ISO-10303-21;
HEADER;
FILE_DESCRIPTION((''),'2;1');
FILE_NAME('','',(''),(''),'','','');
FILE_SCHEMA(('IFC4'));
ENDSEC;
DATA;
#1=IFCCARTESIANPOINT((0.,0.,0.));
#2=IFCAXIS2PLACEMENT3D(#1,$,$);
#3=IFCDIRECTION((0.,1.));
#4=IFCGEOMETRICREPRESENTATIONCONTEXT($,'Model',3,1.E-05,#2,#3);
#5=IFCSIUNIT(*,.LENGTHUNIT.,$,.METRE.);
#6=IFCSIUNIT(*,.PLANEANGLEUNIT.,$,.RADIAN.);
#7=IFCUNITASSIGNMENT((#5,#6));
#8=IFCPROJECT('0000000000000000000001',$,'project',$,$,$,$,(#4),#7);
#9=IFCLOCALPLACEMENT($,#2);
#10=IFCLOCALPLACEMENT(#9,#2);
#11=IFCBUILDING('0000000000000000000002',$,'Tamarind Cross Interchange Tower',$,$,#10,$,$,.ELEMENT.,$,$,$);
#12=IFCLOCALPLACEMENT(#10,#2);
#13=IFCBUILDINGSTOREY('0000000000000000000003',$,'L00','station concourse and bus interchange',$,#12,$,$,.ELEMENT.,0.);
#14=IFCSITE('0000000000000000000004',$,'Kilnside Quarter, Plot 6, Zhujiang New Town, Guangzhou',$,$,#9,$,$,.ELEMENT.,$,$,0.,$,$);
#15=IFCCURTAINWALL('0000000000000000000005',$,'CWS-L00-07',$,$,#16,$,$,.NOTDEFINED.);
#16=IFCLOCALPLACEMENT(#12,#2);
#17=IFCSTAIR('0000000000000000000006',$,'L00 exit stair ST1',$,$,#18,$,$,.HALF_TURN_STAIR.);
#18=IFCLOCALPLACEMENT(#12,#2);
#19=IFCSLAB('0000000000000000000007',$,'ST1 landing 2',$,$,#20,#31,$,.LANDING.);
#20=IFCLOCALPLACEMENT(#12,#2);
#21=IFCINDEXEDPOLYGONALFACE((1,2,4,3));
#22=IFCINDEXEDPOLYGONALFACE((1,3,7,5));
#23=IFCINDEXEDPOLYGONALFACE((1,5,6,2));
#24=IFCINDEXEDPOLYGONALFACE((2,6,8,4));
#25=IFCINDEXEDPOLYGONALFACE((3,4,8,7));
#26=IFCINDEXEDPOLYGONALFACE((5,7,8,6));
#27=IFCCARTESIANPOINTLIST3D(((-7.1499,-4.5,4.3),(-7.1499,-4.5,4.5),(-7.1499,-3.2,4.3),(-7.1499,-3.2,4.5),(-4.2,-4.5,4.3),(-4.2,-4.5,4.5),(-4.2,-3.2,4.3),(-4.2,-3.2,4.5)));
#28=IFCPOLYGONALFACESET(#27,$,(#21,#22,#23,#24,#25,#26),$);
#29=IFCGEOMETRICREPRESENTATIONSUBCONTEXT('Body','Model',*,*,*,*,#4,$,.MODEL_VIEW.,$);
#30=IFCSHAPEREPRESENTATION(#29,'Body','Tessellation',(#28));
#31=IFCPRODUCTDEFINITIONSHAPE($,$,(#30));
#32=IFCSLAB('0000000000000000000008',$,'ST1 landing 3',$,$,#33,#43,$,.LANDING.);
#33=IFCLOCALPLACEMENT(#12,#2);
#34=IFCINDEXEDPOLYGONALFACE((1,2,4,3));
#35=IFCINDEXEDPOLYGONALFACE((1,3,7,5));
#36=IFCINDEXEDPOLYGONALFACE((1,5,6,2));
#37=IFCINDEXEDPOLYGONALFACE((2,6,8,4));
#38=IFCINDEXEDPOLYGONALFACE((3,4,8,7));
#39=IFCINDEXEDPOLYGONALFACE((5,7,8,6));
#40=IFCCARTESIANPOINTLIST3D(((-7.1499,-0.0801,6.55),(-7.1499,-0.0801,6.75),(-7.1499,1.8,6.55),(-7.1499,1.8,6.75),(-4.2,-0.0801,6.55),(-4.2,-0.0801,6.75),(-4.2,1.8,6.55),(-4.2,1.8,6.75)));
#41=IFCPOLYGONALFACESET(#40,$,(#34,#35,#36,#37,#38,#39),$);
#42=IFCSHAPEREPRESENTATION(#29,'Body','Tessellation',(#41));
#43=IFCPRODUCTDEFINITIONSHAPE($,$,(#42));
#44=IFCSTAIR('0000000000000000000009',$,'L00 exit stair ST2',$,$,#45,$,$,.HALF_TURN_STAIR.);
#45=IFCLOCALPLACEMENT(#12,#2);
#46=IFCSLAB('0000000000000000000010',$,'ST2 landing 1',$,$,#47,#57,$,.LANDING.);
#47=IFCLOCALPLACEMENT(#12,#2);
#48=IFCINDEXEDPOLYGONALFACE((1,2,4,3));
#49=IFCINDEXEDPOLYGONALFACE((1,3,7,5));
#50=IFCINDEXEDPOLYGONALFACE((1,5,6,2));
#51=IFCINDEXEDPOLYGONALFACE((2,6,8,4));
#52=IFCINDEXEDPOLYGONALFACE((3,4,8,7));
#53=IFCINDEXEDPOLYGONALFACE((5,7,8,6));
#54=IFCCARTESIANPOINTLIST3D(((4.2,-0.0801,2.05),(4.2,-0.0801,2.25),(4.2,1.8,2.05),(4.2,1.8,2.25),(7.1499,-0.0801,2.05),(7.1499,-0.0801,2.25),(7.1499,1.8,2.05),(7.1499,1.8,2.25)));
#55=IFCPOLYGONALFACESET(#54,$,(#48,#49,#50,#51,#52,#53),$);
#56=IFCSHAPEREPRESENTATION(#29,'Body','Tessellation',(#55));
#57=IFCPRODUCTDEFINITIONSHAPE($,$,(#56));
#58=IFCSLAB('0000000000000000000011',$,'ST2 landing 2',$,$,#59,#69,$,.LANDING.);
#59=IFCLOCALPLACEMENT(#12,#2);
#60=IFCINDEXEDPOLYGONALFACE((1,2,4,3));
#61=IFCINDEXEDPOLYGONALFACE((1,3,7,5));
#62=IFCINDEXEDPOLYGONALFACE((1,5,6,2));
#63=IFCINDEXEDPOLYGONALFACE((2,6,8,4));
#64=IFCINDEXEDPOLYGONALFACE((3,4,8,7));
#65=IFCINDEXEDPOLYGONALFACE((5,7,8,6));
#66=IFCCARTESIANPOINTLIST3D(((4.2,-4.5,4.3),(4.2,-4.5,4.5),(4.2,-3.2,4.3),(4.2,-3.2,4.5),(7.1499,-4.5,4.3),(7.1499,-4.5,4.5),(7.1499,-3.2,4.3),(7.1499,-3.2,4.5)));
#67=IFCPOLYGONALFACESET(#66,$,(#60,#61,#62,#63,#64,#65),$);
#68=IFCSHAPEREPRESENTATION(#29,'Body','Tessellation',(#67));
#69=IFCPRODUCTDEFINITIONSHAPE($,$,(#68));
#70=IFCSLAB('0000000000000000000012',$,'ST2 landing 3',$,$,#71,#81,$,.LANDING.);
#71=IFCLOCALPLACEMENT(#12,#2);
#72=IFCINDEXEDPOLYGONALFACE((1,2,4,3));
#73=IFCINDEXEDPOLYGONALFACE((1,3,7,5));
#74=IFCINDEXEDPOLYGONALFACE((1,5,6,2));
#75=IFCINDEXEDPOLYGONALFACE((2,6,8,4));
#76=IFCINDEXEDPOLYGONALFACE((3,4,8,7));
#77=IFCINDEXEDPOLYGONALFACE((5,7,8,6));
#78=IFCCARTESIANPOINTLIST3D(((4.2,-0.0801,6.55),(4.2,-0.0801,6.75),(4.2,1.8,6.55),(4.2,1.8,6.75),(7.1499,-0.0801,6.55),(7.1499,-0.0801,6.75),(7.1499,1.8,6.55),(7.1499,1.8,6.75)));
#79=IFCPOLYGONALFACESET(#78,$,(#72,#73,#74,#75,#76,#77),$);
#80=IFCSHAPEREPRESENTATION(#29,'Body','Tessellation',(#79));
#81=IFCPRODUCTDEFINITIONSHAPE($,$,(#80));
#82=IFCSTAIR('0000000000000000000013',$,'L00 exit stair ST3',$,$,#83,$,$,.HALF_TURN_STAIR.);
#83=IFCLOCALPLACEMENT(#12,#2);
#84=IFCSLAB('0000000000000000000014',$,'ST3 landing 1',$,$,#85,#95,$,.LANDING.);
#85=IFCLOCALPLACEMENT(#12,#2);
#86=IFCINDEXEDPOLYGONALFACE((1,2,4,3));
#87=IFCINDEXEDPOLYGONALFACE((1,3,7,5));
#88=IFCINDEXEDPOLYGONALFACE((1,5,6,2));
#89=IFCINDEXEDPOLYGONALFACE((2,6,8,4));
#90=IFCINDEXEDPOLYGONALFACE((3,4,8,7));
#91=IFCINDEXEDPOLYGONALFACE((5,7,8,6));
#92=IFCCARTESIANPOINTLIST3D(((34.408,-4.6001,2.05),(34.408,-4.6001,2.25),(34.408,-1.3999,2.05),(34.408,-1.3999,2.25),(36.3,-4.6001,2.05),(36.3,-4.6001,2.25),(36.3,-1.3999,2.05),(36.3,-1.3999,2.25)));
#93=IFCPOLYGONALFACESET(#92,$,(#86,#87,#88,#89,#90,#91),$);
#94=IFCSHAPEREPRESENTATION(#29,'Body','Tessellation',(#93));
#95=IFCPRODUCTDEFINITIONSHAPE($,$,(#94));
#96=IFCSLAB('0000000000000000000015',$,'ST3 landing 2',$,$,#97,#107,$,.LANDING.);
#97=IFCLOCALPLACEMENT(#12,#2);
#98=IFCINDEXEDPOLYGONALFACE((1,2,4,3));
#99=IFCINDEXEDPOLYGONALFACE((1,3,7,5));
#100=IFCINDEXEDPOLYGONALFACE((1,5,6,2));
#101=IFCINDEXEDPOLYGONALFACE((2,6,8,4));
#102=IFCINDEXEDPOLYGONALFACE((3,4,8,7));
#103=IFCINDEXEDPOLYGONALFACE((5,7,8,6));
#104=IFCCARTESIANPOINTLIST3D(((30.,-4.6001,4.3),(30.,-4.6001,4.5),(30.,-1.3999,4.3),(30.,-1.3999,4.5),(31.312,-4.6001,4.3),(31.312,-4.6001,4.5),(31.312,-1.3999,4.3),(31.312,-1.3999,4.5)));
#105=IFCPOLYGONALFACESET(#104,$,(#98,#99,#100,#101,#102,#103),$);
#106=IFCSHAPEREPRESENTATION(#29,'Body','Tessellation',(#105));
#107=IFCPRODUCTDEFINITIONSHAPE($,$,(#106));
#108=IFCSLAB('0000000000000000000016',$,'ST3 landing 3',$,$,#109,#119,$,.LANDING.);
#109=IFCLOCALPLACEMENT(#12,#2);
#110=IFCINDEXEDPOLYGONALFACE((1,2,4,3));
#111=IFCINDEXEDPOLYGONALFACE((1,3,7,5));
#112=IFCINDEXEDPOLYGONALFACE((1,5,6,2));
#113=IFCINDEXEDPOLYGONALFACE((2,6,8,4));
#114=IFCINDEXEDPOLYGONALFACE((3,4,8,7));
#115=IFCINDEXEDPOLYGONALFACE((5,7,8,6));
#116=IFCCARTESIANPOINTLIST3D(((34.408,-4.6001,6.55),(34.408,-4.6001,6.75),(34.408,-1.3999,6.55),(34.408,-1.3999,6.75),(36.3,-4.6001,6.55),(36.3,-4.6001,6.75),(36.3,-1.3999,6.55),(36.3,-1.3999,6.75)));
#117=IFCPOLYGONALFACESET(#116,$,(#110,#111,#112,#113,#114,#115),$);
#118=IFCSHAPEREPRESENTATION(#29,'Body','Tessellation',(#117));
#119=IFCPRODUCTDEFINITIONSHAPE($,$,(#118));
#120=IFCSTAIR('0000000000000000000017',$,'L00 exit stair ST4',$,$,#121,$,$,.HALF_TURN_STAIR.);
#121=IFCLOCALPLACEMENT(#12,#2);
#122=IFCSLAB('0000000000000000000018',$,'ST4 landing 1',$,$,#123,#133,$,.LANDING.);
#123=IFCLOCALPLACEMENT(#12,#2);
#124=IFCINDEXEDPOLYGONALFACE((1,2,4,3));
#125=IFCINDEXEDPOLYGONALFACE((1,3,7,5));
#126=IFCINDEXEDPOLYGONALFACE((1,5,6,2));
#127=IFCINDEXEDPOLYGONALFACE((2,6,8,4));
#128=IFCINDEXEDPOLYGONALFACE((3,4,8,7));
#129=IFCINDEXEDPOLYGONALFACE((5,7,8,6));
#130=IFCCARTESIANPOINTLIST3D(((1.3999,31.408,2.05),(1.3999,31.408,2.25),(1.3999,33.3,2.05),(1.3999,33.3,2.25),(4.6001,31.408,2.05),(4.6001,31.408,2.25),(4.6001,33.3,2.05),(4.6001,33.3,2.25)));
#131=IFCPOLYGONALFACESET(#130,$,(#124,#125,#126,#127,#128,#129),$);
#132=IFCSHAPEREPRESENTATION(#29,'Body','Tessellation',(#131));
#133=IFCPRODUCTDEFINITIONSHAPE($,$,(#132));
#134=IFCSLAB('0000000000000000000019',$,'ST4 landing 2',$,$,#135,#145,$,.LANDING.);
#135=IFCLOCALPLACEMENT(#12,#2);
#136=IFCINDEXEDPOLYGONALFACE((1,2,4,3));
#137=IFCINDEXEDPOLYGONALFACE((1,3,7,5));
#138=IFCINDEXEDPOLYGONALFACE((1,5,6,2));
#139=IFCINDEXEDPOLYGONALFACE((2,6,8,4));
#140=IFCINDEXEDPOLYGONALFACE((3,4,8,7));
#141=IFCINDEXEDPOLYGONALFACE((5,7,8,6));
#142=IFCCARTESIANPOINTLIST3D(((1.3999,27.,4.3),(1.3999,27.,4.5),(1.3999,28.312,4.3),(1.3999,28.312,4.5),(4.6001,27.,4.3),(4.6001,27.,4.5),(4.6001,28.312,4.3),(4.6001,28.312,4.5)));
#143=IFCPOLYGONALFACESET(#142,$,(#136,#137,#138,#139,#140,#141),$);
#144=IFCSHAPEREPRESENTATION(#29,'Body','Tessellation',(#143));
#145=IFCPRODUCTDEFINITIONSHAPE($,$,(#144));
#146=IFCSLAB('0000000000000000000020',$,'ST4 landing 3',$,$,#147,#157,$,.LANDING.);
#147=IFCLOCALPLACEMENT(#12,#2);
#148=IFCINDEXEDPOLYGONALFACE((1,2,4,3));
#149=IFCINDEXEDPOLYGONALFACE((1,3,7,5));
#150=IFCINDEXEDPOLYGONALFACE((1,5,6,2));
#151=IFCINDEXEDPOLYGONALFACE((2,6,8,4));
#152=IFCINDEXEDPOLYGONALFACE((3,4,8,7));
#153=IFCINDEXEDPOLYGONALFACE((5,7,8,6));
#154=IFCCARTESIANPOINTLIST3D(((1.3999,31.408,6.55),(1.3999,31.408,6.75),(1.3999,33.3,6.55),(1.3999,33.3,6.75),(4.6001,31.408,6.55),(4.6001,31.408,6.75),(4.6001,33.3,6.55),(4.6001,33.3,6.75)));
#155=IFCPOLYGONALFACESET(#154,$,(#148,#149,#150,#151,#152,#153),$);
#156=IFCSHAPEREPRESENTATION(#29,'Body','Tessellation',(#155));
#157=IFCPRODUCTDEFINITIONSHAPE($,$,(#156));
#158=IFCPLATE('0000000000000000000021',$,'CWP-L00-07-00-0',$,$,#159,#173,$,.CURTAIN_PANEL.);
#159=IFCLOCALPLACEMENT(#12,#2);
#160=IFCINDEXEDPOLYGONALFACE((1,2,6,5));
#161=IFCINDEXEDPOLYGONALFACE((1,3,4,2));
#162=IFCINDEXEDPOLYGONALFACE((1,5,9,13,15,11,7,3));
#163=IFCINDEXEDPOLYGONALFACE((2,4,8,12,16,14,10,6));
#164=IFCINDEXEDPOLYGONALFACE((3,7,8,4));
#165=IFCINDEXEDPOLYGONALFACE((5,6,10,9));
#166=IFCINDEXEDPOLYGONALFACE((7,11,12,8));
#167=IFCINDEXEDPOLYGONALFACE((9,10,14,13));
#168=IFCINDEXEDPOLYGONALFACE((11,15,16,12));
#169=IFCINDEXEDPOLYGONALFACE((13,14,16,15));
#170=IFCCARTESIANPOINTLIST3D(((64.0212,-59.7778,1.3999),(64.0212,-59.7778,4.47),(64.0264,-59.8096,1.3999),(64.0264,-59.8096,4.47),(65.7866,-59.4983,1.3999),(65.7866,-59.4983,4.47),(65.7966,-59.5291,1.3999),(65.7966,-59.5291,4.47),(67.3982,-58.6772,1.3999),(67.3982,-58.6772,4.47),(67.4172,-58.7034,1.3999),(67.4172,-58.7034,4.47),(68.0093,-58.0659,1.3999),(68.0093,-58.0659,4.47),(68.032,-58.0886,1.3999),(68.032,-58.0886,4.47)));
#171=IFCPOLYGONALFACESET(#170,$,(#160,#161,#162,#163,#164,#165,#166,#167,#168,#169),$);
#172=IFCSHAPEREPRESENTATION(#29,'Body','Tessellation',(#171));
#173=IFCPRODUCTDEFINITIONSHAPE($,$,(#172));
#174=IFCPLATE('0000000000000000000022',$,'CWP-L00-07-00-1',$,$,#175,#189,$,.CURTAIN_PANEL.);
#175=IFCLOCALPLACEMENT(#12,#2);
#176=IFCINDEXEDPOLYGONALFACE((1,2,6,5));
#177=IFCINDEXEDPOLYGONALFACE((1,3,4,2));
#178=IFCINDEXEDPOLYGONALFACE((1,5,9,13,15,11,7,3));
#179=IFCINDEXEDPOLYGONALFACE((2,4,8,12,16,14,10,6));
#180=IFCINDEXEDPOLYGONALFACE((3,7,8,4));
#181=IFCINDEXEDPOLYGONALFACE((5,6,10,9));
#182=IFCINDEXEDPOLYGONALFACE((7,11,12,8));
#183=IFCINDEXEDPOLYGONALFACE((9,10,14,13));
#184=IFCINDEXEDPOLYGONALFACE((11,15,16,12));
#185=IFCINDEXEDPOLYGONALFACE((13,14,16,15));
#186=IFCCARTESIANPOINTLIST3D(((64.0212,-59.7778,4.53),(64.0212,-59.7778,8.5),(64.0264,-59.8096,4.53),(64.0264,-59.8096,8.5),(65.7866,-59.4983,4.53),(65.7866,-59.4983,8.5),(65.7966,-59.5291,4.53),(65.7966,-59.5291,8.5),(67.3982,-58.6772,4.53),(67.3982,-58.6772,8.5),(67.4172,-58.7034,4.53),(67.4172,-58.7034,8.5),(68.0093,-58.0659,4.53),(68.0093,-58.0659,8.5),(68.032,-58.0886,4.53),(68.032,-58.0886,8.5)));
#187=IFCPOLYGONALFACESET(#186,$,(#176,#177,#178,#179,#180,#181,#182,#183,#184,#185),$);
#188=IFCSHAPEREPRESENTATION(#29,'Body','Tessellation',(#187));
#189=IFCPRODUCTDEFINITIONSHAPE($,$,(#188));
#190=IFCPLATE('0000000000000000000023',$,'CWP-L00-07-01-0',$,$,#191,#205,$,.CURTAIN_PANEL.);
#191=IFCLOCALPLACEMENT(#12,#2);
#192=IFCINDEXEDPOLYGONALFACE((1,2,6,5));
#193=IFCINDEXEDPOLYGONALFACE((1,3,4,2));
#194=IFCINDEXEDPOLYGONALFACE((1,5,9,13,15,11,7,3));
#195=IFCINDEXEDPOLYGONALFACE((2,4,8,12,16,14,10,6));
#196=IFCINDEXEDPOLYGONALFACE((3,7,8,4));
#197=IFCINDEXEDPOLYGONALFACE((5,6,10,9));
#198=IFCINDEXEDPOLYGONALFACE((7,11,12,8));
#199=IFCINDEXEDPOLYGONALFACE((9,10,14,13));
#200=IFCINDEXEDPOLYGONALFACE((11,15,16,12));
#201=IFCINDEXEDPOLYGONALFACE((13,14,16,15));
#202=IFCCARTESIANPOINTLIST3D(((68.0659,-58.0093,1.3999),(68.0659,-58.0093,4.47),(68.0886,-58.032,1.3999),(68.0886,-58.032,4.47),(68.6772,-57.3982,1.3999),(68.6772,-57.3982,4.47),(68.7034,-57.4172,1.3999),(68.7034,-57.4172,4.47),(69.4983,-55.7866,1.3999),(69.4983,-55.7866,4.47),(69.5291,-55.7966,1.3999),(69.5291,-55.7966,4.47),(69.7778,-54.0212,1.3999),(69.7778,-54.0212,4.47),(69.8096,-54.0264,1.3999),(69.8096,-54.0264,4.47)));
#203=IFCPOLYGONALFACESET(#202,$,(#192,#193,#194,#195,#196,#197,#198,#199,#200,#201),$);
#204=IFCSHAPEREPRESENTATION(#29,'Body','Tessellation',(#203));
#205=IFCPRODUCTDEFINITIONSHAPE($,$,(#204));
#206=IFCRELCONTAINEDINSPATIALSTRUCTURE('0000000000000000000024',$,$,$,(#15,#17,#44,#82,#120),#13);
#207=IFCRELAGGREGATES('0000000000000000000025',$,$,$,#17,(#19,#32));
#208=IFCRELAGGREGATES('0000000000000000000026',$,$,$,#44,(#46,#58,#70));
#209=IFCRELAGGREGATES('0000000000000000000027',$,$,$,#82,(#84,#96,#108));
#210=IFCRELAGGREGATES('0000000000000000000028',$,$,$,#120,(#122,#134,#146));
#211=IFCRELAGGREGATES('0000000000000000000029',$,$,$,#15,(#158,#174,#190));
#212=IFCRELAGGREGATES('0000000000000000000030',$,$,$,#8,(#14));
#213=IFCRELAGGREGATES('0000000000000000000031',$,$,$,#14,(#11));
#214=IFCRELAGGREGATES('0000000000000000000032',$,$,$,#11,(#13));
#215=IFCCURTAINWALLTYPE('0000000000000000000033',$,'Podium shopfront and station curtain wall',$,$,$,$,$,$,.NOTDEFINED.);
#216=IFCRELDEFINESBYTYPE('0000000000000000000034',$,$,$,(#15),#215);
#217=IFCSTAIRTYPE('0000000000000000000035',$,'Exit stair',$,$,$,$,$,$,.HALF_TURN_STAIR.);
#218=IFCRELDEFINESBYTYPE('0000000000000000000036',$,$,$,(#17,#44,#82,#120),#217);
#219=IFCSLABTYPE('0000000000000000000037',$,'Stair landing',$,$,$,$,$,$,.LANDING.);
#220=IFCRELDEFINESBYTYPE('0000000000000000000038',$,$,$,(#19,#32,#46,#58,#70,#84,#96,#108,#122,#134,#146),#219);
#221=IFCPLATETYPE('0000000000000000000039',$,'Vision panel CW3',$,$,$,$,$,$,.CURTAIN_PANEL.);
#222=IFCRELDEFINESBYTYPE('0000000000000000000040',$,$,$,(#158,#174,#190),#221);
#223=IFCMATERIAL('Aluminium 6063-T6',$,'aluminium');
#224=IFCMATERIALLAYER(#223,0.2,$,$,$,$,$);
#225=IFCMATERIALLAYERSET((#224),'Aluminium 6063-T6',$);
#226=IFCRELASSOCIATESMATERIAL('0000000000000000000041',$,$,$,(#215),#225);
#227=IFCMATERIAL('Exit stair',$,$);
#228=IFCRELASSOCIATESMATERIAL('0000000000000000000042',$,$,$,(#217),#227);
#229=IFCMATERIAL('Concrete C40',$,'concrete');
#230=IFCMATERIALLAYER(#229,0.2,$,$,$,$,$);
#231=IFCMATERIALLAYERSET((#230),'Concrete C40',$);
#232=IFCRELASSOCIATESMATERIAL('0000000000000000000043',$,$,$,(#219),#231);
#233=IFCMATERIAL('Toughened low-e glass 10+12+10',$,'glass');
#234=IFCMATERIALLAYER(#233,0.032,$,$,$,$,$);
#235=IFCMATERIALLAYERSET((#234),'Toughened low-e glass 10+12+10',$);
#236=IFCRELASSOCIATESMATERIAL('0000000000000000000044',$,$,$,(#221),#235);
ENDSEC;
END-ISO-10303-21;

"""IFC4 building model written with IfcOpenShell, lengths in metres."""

from ifc_helpers import new_model, si_unit, direction, frame, origin, place, context, subcontext, project, spatial, polyline, outline, extrude, material, layer, layer_set, type_object, element, aggregate, save


model = new_model("IFC4")

# Units and contexts
model_context = context("Model", 3, precision=1e-05, world=origin(), true_north=direction((0.0, 1.0)))
body_context = subcontext(model_context, "Body", "Model", "MODEL_VIEW")
ifc_project = project(units=[si_unit("LENGTHUNIT", "METRE"), si_unit("PLANEANGLEUNIT", "RADIAN")], contexts=[model_context])

# Site, building, storey
site_placement = place(None, origin())
site = spatial("IfcSite", under=ifc_project, at=site_placement, Name="Kilnside Quarter, Plot 6, Zhujiang New Town, Guangzhou", CompositionType="ELEMENT", RefElevation=0.0)
building_placement = place(site_placement, origin())
building = spatial("IfcBuilding", under=site, at=building_placement, Name="Tamarind Cross Interchange Tower", CompositionType="ELEMENT")
storey_placement = place(building_placement, origin())
storey = spatial("IfcBuildingStorey", under=building, at=storey_placement, Name="L00", Description="station concourse and bus interchange", CompositionType="ELEMENT", Elevation=0.0)

# Shared definitions
ifc_material_1 = material(Name="Aluminium 6063-T6", Category="aluminium")
ifc_layer_1 = layer(ifc_material_1, 0.2)
ifc_layer_set_1 = layer_set([ifc_layer_1], Name="Aluminium 6063-T6")
curtain_wall_type = type_object("IfcCurtainWallType", Name="Podium shopfront and station curtain wall", PredefinedType="NOTDEFINED", material=ifc_layer_set_1)

# Curtain wall
curtain_wall_1_placement = place(storey_placement, origin())
curtain_wall_1 = element("IfcCurtainWall", 1, at=curtain_wall_1_placement, inside=storey, type_object=curtain_wall_type, Name="CWS-L00-07", PredefinedType="NOTDEFINED")

# Stairs, slabs
ifc_material_2 = material(Name="Exit stair")
stair_type = type_object("IfcStairType", Name="Exit stair", PredefinedType="HALF_TURN_STAIR", material=ifc_material_2)
stair_1_placement = place(storey_placement, origin())
stair_1 = element("IfcStair", 2, at=stair_1_placement, inside=storey, type_object=stair_type, Name="L00 exit stair ST1", PredefinedType="HALF_TURN_STAIR")
ifc_material_3 = material(Name="Concrete C40", Category="concrete")
ifc_layer_2 = layer(ifc_material_3, 0.2)
ifc_layer_set_2 = layer_set([ifc_layer_2], Name="Concrete C40")
slab_type_1 = type_object("IfcSlabType", Name="Stair landing", PredefinedType="LANDING", material=ifc_layer_set_2)
slab_1_placement = place(storey_placement, frame((0.0, 0.0, 4.3)))
slab_1 = element("IfcSlab", 3, at=slab_1_placement, type_object=slab_type_1, Name="ST1 landing 2", PredefinedType="LANDING", context=body_context, shape_type="SweptSolid", body=[
    extrude(outline(polyline([(-4.2, -4.5), (-4.2, -3.2), (-7.1499, -3.2), (-7.1499, -4.5), (-4.2, -4.5)])), origin(), (0.0, 0.0, 1.0), 0.2),
])
slab_2_placement = place(storey_placement, frame((0.0, 0.0, 6.55)))
slab_2 = element("IfcSlab", 4, at=slab_2_placement, type_object=slab_type_1, Name="ST1 landing 3", PredefinedType="LANDING", context=body_context, shape_type="SweptSolid", body=[
    extrude(outline(polyline([(-4.2, -0.0801), (-4.2, 1.8), (-7.1499, 1.8), (-7.1499, -0.0801), (-4.2, -0.0801)])), origin(), (0.0, 0.0, 1.0), 0.2),
])
aggregate(stair_1, [slab_1, slab_2])
stair_2_placement = place(storey_placement, origin())
stair_2 = element("IfcStair", 5, at=stair_2_placement, inside=storey, type_object=stair_type, Name="L00 exit stair ST2", PredefinedType="HALF_TURN_STAIR")
slab_3_placement = place(storey_placement, frame((0.0, 0.0, 2.05)))
slab_3 = element("IfcSlab", 6, at=slab_3_placement, type_object=slab_type_1, Name="ST2 landing 1", PredefinedType="LANDING", context=body_context, shape_type="SweptSolid", body=[
    extrude(outline(polyline([(7.1499, -0.0801), (7.1499, 1.8), (4.2, 1.8), (4.2, -0.0801), (7.1499, -0.0801)])), origin(), (0.0, 0.0, 1.0), 0.2),
])
slab_4_placement = place(storey_placement, frame((0.0, 0.0, 4.3)))
slab_4 = element("IfcSlab", 7, at=slab_4_placement, type_object=slab_type_1, Name="ST2 landing 2", PredefinedType="LANDING", context=body_context, shape_type="SweptSolid", body=[
    extrude(outline(polyline([(7.1499, -4.5), (7.1499, -3.2), (4.2, -3.2), (4.2, -4.5), (7.1499, -4.5)])), origin(), (0.0, 0.0, 1.0), 0.2),
])
slab_5_placement = place(storey_placement, frame((0.0, 0.0, 6.55)))
slab_5 = element("IfcSlab", 8, at=slab_5_placement, type_object=slab_type_1, Name="ST2 landing 3", PredefinedType="LANDING", context=body_context, shape_type="SweptSolid", body=[
    extrude(outline(polyline([(7.1499, -0.0801), (7.1499, 1.8), (4.2, 1.8), (4.2, -0.0801), (7.1499, -0.0801)])), origin(), (0.0, 0.0, 1.0), 0.2),
])
aggregate(stair_2, [slab_3, slab_4, slab_5])
stair_3_placement = place(storey_placement, origin())
stair_3 = element("IfcStair", 9, at=stair_3_placement, inside=storey, type_object=stair_type, Name="L00 exit stair ST3", PredefinedType="HALF_TURN_STAIR")
slab_6_placement = place(storey_placement, frame((0.0, 0.0, 2.05)))
slab_6 = element("IfcSlab", 10, at=slab_6_placement, type_object=slab_type_1, Name="ST3 landing 1", PredefinedType="LANDING", context=body_context, shape_type="SweptSolid", body=[
    extrude(outline(polyline([(34.408, -4.6001), (36.3, -4.6001), (36.3, -1.3999), (34.408, -1.3999), (34.408, -4.6001)])), origin(), (0.0, 0.0, 1.0), 0.2),
])
slab_7_placement = place(storey_placement, frame((0.0, 0.0, 4.3)))
slab_7 = element("IfcSlab", 11, at=slab_7_placement, type_object=slab_type_1, Name="ST3 landing 2", PredefinedType="LANDING", context=body_context, shape_type="SweptSolid", body=[
    extrude(outline(polyline([(30.0, -4.6001), (31.312, -4.6001), (31.312, -1.3999), (30.0, -1.3999), (30.0, -4.6001)])), origin(), (0.0, 0.0, 1.0), 0.2),
])
slab_8_placement = place(storey_placement, frame((0.0, 0.0, 6.55)))
slab_8 = element("IfcSlab", 12, at=slab_8_placement, type_object=slab_type_1, Name="ST3 landing 3", PredefinedType="LANDING", context=body_context, shape_type="SweptSolid", body=[
    extrude(outline(polyline([(34.408, -4.6001), (36.3, -4.6001), (36.3, -1.3999), (34.408, -1.3999), (34.408, -4.6001)])), origin(), (0.0, 0.0, 1.0), 0.2),
])
aggregate(stair_3, [slab_6, slab_7, slab_8])
stair_4_placement = place(storey_placement, origin())
stair_4 = element("IfcStair", 13, at=stair_4_placement, inside=storey, type_object=stair_type, Name="L00 exit stair ST4", PredefinedType="HALF_TURN_STAIR")
slab_9_placement = place(storey_placement, frame((0.0, 0.0, 2.05)))
slab_9 = element("IfcSlab", 14, at=slab_9_placement, type_object=slab_type_1, Name="ST4 landing 1", PredefinedType="LANDING", context=body_context, shape_type="SweptSolid", body=[
    extrude(outline(polyline([(4.6001, 31.408), (4.6001, 33.3), (1.3999, 33.3), (1.3999, 31.408), (4.6001, 31.408)])), origin(), (0.0, 0.0, 1.0), 0.2),
])
slab_10_placement = place(storey_placement, frame((0.0, 0.0, 4.3)))
slab_10 = element("IfcSlab", 15, at=slab_10_placement, type_object=slab_type_1, Name="ST4 landing 2", PredefinedType="LANDING", context=body_context, shape_type="SweptSolid", body=[
    extrude(outline(polyline([(4.6001, 27.0), (4.6001, 28.312), (1.3999, 28.312), (1.3999, 27.0), (4.6001, 27.0)])), origin(), (0.0, 0.0, 1.0), 0.2),
])
slab_11_placement = place(storey_placement, frame((0.0, 0.0, 6.55)))
slab_11 = element("IfcSlab", 16, at=slab_11_placement, type_object=slab_type_1, Name="ST4 landing 3", PredefinedType="LANDING", context=body_context, shape_type="SweptSolid", body=[
    extrude(outline(polyline([(4.6001, 31.408), (4.6001, 33.3), (1.3999, 33.3), (1.3999, 31.408), (4.6001, 31.408)])), origin(), (0.0, 0.0, 1.0), 0.2),
])
aggregate(stair_4, [slab_9, slab_10, slab_11])

# Plates
ifc_material_4 = material(Name="Toughened low-e glass 10+12+10", Category="glass")
ifc_layer_3 = layer(ifc_material_4, 0.032)
ifc_layer_set_3 = layer_set([ifc_layer_3], Name="Toughened low-e glass 10+12+10")
plate_type = type_object("IfcPlateType", Name="Vision panel CW3", PredefinedType="CURTAIN_PANEL", material=ifc_layer_set_3)
plate_1_placement = place(storey_placement, frame((0.0, 0.0, 1.3999)))
plate_1 = element("IfcPlate", 17, at=plate_1_placement, type_object=plate_type, Name="CWP-L00-07-00-0", PredefinedType="CURTAIN_PANEL", context=body_context, shape_type="SweptSolid", body=[
    extrude(outline(polyline([(64.0212, -59.7778), (65.7866, -59.4983), (67.3982, -58.6772), (68.0093, -58.0659), (68.032, -58.0886), (67.4172, -58.7034), (65.7966, -59.5291), (64.0264, -59.8096), (64.0212, -59.7778)])), origin(), (0.0, 0.0, 1.0), 3.0701),
])
plate_2_placement = place(storey_placement, frame((0.0, 0.0, 4.53)))
plate_2 = element("IfcPlate", 18, at=plate_2_placement, type_object=plate_type, Name="CWP-L00-07-00-1", PredefinedType="CURTAIN_PANEL", context=body_context, shape_type="SweptSolid", body=[
    extrude(outline(polyline([(64.0212, -59.7778), (65.7866, -59.4983), (67.3982, -58.6772), (68.0093, -58.0659), (68.032, -58.0886), (67.4172, -58.7034), (65.7966, -59.5291), (64.0264, -59.8096), (64.0212, -59.7778)])), origin(), (0.0, 0.0, 1.0), 3.97),
])
plate_3_placement = place(storey_placement, frame((0.0, 0.0, 1.3999)))
plate_3 = element("IfcPlate", 19, at=plate_3_placement, type_object=plate_type, Name="CWP-L00-07-01-0", PredefinedType="CURTAIN_PANEL", context=body_context, shape_type="SweptSolid", body=[
    extrude(outline(polyline([(68.0659, -58.0093), (68.6772, -57.3982), (69.4983, -55.7866), (69.7778, -54.0212), (69.8096, -54.0264), (69.5291, -55.7966), (68.7034, -57.4172), (68.0886, -58.032), (68.0659, -58.0093)])), origin(), (0.0, 0.0, 1.0), 3.0701),
])
aggregate(curtain_wall_1, [plate_1, plate_2, plate_3])

save(model, "model.ifc")
